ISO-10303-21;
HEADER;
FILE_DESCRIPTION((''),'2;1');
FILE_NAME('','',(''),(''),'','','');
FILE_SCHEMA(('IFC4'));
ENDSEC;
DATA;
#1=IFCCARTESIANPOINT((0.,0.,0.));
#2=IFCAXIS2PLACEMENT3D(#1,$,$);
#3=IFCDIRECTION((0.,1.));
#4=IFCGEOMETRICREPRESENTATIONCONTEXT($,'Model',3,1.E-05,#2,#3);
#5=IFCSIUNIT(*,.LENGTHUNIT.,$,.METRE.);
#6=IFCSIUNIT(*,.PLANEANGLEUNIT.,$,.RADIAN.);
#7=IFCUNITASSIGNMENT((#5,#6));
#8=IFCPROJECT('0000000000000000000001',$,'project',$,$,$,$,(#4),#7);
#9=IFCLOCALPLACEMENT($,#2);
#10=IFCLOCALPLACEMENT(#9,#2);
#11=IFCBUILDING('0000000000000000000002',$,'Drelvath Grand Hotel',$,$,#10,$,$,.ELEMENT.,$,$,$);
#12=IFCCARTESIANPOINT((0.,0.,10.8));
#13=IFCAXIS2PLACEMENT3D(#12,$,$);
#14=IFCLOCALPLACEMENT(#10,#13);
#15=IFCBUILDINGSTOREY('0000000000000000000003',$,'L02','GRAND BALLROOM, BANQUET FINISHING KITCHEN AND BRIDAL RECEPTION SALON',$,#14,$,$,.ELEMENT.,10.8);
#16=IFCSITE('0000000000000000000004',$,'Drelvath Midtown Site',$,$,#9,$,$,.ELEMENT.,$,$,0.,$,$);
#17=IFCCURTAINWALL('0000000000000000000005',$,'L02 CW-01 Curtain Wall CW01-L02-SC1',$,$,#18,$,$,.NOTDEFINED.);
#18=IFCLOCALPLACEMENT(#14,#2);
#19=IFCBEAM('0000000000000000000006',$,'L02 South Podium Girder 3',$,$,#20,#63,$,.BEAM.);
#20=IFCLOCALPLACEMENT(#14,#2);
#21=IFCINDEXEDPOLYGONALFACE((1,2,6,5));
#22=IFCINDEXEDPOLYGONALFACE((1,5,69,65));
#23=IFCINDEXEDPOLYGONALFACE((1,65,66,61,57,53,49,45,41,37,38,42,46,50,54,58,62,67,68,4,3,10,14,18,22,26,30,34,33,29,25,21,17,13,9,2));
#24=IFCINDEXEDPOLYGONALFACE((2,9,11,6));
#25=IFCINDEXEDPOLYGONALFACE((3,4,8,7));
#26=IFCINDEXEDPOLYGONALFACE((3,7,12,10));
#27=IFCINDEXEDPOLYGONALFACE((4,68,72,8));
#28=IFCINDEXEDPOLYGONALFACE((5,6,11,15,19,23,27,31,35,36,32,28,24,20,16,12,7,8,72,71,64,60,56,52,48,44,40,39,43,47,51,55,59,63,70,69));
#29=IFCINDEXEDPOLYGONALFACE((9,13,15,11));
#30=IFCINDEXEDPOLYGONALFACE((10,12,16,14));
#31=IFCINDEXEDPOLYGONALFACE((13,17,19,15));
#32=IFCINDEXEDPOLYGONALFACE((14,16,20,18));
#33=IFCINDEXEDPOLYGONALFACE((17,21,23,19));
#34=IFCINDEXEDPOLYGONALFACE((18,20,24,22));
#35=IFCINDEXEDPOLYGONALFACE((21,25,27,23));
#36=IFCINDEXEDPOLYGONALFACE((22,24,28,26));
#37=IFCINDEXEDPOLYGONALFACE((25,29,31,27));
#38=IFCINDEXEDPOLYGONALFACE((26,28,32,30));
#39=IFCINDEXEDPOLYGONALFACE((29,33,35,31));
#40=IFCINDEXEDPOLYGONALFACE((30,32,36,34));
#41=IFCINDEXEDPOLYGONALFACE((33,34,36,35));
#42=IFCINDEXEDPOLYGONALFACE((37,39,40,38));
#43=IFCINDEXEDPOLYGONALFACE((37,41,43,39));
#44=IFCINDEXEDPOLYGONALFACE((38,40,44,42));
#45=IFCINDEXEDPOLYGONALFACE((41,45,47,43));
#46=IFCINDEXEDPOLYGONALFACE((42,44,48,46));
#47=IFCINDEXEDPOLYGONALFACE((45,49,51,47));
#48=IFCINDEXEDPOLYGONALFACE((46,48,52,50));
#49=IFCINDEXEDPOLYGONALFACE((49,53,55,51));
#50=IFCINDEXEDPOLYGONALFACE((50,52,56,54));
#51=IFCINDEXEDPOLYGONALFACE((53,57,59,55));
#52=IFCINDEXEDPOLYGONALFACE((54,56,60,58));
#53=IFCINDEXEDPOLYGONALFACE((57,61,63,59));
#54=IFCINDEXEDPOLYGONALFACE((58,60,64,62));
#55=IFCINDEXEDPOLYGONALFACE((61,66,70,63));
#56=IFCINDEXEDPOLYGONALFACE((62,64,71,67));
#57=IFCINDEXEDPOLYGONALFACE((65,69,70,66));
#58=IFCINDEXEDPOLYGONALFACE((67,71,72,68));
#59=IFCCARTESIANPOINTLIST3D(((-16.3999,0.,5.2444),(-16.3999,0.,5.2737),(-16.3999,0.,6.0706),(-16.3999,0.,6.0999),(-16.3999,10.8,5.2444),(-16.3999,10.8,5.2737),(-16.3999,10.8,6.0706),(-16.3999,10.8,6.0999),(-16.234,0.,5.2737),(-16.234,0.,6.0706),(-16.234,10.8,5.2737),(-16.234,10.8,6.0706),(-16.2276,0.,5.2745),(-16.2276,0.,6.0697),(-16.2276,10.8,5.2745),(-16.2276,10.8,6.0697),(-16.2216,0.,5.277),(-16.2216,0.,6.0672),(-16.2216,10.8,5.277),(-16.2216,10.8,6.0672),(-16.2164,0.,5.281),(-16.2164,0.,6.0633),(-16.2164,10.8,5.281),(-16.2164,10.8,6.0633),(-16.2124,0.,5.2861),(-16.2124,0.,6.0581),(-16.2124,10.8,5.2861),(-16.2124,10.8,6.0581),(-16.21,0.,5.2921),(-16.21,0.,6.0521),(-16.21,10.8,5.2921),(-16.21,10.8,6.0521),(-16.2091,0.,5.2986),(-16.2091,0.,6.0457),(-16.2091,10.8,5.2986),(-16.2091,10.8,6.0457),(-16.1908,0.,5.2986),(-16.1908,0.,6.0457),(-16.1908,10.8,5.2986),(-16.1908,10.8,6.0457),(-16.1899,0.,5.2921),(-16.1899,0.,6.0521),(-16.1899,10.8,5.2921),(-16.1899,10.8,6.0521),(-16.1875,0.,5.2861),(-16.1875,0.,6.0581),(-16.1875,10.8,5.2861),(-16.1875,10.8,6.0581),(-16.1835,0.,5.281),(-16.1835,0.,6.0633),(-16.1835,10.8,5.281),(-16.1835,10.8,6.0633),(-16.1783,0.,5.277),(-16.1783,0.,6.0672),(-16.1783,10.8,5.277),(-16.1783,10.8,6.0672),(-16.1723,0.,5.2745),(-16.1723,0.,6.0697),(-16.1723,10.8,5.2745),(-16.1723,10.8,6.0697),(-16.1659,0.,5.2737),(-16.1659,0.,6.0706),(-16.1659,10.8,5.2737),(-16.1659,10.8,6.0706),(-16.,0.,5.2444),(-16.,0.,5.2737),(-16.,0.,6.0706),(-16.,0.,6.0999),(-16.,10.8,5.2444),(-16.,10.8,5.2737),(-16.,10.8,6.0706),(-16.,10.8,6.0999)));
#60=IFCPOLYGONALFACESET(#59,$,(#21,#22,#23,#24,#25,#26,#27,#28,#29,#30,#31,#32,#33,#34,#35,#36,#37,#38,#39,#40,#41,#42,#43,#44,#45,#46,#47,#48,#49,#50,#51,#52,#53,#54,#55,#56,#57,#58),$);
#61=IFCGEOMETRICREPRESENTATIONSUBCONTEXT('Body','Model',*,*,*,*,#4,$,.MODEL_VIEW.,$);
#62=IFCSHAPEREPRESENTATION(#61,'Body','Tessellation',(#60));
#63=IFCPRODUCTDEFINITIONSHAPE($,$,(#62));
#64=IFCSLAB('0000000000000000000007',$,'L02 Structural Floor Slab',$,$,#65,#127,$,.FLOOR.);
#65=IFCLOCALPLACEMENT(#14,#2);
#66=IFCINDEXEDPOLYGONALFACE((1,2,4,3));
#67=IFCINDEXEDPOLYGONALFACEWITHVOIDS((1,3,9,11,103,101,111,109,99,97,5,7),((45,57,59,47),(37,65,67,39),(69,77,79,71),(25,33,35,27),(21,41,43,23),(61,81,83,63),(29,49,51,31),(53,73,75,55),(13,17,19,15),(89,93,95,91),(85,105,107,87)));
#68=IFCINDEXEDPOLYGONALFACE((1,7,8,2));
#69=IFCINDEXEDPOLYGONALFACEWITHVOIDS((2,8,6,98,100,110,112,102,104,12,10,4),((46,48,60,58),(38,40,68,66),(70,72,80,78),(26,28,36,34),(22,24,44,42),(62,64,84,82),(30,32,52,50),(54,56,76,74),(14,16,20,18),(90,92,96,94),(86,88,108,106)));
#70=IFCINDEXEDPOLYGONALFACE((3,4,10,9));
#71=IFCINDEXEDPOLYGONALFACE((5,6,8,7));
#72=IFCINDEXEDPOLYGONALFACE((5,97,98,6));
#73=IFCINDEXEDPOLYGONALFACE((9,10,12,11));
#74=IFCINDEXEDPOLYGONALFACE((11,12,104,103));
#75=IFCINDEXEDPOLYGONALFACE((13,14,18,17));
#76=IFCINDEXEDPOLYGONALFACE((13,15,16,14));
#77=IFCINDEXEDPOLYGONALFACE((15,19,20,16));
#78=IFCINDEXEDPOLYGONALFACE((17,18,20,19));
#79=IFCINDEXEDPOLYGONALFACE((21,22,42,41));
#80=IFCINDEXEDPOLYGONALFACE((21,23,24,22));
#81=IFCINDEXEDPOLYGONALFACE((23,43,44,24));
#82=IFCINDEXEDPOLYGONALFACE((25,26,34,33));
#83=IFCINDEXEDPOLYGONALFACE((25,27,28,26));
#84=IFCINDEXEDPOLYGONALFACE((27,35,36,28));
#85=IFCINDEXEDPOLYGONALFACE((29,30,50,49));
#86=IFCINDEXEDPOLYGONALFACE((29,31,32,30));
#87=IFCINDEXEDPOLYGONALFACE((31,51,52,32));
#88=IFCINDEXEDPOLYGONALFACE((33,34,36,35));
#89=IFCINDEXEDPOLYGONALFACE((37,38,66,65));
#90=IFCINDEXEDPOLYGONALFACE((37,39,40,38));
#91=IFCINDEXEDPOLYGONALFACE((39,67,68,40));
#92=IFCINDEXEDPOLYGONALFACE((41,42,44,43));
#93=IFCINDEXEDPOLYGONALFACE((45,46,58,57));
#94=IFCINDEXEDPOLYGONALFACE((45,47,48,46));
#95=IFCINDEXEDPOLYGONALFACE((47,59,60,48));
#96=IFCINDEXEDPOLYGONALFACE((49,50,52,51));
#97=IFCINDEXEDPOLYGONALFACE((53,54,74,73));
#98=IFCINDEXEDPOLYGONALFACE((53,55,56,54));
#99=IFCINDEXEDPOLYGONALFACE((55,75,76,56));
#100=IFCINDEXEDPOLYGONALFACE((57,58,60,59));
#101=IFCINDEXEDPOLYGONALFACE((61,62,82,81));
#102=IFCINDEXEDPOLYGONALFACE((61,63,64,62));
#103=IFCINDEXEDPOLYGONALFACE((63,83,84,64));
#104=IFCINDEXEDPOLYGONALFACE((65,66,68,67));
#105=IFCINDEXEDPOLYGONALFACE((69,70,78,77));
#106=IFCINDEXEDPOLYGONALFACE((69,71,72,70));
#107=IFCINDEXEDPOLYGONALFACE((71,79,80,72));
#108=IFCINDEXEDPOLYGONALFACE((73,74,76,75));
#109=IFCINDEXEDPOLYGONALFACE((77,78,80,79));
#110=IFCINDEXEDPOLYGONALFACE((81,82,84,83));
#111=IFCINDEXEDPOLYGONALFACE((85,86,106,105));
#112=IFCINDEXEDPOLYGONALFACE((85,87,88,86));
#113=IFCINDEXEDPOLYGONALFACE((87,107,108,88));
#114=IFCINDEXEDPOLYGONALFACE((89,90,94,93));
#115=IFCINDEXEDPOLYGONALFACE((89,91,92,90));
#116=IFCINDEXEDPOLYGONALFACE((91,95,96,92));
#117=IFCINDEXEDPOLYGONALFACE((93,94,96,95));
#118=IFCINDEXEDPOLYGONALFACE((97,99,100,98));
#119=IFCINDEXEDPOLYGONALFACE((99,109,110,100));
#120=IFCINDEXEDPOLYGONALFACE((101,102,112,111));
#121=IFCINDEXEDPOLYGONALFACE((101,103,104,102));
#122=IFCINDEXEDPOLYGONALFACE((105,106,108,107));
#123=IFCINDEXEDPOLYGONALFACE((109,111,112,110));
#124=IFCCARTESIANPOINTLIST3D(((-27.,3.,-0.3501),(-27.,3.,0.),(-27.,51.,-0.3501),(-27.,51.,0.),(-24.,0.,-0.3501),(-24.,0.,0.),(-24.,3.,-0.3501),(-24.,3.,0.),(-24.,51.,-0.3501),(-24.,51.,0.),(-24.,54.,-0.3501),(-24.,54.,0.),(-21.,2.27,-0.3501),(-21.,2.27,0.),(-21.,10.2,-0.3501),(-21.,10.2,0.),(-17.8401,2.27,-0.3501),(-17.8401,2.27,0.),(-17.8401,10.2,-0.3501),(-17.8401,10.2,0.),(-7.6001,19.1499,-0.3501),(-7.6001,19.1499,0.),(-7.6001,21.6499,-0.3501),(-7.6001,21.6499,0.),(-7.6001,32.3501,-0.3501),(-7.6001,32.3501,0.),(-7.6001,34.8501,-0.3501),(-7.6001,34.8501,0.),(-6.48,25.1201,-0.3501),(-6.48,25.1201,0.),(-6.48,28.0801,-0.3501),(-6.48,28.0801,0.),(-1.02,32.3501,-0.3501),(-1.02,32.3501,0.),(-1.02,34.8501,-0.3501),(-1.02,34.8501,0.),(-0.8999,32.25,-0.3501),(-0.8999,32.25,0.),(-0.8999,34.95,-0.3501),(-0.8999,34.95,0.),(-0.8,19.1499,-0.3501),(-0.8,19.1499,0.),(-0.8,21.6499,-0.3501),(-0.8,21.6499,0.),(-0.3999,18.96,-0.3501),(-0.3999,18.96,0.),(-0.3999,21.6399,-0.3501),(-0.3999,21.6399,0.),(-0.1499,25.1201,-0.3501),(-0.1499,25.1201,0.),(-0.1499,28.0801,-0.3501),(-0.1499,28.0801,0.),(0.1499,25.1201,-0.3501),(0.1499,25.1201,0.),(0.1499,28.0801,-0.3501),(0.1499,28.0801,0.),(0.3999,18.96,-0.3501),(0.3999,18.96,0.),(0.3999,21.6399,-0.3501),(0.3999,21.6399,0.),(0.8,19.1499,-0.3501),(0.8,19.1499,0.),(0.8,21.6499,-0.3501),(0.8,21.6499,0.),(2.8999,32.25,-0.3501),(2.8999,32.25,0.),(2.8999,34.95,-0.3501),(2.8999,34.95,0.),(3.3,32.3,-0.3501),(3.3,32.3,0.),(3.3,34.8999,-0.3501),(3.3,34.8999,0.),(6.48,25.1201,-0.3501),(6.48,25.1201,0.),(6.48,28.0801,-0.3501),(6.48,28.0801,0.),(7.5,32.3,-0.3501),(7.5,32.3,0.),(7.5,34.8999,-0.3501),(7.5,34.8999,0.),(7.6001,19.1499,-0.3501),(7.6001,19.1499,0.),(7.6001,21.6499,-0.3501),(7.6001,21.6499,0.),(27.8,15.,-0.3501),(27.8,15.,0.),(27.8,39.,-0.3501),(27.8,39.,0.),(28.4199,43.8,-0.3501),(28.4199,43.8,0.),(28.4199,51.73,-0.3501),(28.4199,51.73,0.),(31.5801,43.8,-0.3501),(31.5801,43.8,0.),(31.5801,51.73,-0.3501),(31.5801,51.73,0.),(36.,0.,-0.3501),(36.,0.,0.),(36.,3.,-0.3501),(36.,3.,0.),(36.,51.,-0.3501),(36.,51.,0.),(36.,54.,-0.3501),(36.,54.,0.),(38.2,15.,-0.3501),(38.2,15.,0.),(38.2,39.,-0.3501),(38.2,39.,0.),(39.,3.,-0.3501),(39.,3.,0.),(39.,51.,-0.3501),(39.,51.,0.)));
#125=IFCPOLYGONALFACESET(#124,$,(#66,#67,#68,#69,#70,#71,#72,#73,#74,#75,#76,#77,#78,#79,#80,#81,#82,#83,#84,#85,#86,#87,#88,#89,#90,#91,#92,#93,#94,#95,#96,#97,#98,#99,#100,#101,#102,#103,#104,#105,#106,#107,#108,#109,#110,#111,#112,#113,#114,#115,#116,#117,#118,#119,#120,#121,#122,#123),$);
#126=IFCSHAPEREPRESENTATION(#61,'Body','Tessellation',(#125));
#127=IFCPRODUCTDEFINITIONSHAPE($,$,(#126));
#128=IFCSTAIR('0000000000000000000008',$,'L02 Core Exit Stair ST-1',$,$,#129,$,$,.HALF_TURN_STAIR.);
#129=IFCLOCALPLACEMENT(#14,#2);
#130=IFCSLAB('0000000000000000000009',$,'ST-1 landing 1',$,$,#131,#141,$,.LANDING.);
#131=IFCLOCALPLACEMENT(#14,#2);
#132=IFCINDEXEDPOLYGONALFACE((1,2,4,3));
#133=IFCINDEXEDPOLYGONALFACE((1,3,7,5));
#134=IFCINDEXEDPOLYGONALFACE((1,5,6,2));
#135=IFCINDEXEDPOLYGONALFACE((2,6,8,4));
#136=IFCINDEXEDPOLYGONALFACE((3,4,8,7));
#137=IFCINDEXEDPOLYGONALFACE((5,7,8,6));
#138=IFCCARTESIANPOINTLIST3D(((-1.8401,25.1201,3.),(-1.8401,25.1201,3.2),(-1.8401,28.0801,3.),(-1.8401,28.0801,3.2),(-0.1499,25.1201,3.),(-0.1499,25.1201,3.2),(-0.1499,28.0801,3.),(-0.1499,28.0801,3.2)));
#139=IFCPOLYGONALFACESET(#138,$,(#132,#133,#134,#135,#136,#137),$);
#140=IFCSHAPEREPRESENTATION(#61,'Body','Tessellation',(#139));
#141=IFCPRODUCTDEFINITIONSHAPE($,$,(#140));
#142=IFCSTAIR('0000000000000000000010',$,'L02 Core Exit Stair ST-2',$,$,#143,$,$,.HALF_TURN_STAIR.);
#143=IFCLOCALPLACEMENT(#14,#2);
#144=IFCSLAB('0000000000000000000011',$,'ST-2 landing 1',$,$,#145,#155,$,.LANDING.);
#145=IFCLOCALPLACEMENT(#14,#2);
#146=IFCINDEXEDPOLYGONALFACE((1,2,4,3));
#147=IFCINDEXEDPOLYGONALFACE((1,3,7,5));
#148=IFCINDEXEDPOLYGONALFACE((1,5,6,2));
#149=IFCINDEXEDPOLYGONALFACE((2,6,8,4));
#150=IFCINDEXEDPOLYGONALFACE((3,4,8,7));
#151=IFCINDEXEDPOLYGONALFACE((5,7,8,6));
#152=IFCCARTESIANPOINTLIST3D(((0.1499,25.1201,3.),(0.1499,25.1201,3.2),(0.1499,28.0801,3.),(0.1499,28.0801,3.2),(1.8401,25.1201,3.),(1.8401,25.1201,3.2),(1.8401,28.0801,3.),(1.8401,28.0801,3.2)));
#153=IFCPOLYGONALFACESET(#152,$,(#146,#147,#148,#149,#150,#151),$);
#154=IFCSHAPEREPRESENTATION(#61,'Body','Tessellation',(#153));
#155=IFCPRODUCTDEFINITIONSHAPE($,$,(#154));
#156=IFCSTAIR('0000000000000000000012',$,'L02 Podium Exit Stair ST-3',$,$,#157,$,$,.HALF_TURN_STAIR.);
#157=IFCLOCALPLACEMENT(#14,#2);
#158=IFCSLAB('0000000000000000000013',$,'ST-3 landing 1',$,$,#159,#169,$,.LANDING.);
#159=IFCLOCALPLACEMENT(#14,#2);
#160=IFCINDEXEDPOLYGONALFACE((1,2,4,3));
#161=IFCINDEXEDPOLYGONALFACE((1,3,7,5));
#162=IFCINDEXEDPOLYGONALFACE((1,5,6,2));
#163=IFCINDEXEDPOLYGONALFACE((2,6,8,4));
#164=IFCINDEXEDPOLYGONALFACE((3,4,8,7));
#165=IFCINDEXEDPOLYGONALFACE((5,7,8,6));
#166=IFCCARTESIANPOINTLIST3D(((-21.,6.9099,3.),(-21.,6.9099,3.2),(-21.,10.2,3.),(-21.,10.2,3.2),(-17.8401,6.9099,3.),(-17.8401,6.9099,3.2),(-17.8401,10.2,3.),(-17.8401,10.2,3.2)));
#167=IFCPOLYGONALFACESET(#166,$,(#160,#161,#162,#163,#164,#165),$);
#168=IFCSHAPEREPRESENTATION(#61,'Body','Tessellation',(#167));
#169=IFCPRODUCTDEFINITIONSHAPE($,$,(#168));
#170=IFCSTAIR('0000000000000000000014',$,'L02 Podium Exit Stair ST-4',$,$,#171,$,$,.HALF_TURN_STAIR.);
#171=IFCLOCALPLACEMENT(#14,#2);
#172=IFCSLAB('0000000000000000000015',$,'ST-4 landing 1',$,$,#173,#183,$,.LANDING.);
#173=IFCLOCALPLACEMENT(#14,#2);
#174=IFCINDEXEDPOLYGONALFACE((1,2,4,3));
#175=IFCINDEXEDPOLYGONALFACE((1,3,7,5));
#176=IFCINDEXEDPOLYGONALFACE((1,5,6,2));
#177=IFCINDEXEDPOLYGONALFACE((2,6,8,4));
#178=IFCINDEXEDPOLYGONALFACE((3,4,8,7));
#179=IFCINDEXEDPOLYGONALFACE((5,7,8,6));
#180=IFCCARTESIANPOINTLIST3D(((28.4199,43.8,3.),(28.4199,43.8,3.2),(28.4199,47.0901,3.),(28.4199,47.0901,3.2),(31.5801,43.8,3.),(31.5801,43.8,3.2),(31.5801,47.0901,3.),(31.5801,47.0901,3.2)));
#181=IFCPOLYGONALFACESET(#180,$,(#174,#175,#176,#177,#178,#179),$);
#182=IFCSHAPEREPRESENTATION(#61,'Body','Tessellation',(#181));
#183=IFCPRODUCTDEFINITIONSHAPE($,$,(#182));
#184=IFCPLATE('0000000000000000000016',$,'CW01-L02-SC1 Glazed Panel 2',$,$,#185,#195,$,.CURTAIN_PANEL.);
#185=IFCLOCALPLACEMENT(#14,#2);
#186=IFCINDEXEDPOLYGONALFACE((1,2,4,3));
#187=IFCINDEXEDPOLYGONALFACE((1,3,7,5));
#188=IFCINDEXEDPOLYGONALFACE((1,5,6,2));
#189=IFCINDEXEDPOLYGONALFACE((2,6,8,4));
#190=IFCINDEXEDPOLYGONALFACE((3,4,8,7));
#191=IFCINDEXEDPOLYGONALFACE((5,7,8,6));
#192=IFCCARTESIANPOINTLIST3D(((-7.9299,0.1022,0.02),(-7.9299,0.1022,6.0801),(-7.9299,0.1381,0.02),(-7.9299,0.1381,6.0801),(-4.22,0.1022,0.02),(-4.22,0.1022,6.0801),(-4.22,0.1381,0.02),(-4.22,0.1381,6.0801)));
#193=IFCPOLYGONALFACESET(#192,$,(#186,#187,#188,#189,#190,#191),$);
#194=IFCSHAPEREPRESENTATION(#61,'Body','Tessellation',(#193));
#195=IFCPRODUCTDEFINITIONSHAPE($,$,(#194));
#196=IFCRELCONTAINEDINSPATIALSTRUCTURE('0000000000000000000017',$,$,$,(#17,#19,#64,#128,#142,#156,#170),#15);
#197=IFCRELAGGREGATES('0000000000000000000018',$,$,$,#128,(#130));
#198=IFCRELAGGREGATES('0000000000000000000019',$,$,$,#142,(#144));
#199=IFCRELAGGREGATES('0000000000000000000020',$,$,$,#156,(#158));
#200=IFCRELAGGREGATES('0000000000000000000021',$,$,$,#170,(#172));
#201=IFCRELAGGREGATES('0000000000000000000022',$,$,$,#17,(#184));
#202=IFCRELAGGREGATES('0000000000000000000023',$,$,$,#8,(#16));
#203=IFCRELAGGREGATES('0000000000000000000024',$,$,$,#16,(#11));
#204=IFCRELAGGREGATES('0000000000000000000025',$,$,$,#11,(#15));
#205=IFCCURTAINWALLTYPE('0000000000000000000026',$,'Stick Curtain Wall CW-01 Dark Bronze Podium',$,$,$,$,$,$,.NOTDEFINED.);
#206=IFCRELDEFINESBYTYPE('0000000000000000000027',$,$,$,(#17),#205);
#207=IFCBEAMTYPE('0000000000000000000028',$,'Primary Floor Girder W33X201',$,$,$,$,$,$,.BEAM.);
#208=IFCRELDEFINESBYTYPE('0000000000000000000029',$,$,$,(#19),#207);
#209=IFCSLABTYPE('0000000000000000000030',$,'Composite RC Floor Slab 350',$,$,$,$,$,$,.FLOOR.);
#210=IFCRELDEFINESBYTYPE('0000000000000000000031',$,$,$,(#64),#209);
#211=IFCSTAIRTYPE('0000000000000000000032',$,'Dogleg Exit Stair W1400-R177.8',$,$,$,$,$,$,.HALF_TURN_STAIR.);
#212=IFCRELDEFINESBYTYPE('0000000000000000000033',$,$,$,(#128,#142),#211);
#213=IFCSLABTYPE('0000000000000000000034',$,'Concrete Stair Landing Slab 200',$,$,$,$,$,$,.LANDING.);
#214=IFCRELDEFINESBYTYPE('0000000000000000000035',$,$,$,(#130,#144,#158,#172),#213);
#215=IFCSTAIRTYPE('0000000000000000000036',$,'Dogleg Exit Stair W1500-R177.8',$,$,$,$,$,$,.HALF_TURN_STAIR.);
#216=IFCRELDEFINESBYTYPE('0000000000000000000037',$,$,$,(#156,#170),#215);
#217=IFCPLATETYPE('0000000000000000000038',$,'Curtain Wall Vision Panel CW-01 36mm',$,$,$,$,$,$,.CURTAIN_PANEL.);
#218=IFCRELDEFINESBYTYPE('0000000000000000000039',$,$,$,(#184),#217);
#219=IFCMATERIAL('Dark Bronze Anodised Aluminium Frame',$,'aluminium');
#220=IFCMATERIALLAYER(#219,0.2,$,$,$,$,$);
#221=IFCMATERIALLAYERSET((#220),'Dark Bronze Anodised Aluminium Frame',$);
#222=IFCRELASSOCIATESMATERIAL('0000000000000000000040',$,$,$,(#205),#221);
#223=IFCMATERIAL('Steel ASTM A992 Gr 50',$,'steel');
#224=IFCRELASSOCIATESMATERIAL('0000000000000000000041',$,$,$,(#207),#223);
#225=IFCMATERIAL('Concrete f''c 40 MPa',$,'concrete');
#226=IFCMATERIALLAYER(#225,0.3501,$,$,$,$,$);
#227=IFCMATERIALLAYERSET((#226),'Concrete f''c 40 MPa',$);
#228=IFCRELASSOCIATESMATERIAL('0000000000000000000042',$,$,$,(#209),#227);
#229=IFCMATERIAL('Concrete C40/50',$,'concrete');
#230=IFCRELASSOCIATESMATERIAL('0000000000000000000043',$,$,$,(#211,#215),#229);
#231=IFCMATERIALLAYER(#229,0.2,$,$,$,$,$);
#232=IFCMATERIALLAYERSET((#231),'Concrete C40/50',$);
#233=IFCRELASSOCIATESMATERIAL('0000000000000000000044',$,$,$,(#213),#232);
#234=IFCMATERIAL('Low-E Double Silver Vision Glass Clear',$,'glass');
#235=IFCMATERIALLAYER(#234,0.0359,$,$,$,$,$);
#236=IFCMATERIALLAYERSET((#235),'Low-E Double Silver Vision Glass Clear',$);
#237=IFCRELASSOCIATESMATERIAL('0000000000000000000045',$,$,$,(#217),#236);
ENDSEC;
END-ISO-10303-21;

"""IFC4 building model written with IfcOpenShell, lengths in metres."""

from ifc_helpers import new_model, si_unit, direction, frame, origin, origin_2d, place, context, subcontext, project, spatial, polyline, rectangle, i_section, outline, extrude, material, layer, layer_set, material_profile, profile_set, type_object, element, aggregate, save


model = new_model("IFC4")

# Units and contexts
model_context = context("Model", 3, precision=1e-05, world=origin(), true_north=direction((0.0, 1.0)))
body_context = subcontext(model_context, "Body", "Model", "MODEL_VIEW")
ifc_project = project(units=[si_unit("LENGTHUNIT", "METRE"), si_unit("PLANEANGLEUNIT", "RADIAN")], contexts=[model_context])

# Site, building, storey
site_placement = place(None, origin())
site = spatial("IfcSite", under=ifc_project, at=site_placement, Name="Drelvath Midtown Site", CompositionType="ELEMENT", RefElevation=0.0)
building_placement = place(site_placement, origin())
building = spatial("IfcBuilding", under=site, at=building_placement, Name="Drelvath Grand Hotel", CompositionType="ELEMENT")
storey_placement = place(building_placement, frame((0.0, 0.0, 10.8)))
storey = spatial("IfcBuildingStorey", under=building, at=storey_placement, Name="L02", Description="GRAND BALLROOM, BANQUET FINISHING KITCHEN AND BRIDAL RECEPTION SALON", CompositionType="ELEMENT", Elevation=10.8)

# Curtain wall
ifc_material_1 = material(Name="Dark Bronze Anodised Aluminium Frame", Category="aluminium")
ifc_layer_1 = layer(ifc_material_1, 0.2)
ifc_layer_set_1 = layer_set([ifc_layer_1], Name="Dark Bronze Anodised Aluminium Frame")
curtain_wall_type = type_object("IfcCurtainWallType", Name="Stick Curtain Wall CW-01 Dark Bronze Podium", PredefinedType="NOTDEFINED", material=ifc_layer_set_1)
curtain_wall_placement = place(storey_placement, origin())
curtain_wall = element("IfcCurtainWall", 1, at=curtain_wall_placement, inside=storey, type_object=curtain_wall_type, Name="L02 CW-01 Curtain Wall CW01-L02-SC1", PredefinedType="NOTDEFINED")

# Beam
ifc_material_2 = material(Name="Steel ASTM A992 Gr 50", Category="steel")
ifc_material_profile_1 = material_profile(ifc_material_2, i_section(OverallWidth=0.3999, OverallDepth=0.8555, WebThickness=0.0183, FlangeThickness=0.0293, FilletRadius=0.0249, at=origin_2d()), Name="W33X201")
ifc_profile_set_1 = profile_set([ifc_material_profile_1], Name="Steel ASTM A992 Gr 50")
beam_type = type_object("IfcBeamType", Name="Primary Floor Girder W33X201", PredefinedType="BEAM", material=ifc_profile_set_1)
beam_placement = place(storey_placement, frame((-16.2, 0.0, 5.6721), z_axis=(0.0, 1.0, 0.0), x_axis=(-1.0, 0.0, 0.0)))
element("IfcBeam", 2, at=beam_placement, inside=storey, type_object=beam_type, Name="L02 South Podium Girder 3", PredefinedType="BEAM", context=body_context, shape_type="SweptSolid", body=[
    extrude(i_section(OverallWidth=0.3999, OverallDepth=0.8555, WebThickness=0.0183, FlangeThickness=0.0293, FilletRadius=0.0249, at=origin_2d()), origin(), (0.0, 0.0, 1.0), 10.8),
])

# Slab
ifc_material_3 = material(Name="Concrete f'c 40 MPa", Category="concrete")
ifc_layer_2 = layer(ifc_material_3, 0.3501)
ifc_layer_set_2 = layer_set([ifc_layer_2], Name="Concrete f'c 40 MPa")
slab_type_1 = type_object("IfcSlabType", Name="Composite RC Floor Slab 350", PredefinedType="FLOOR", material=ifc_layer_set_2)
slab_1_placement = place(storey_placement, frame((0.0, 0.0, -0.3501)))
element("IfcSlab", 3, at=slab_1_placement, inside=storey, type_object=slab_type_1, Name="L02 Structural Floor Slab", PredefinedType="FLOOR", context=body_context, shape_type="SweptSolid", body=[
    extrude(outline(polyline([(-24.0, 0.0), (36.0, 0.0), (36.0, 3.0), (39.0, 3.0), (39.0, 51.0), (36.0, 51.0), (36.0, 54.0), (-24.0, 54.0), (-24.0, 51.0), (-27.0, 51.0), (-27.0, 3.0), (-24.0, 3.0), (-24.0, 0.0)]), holes=[polyline([(-6.48, 25.1201), (-6.48, 28.0801), (-0.1499, 28.0801), (-0.1499, 25.1201), (-6.48, 25.1201)]), polyline([(0.1499, 25.1201), (0.1499, 28.0801), (6.48, 28.0801), (6.48, 25.1201), (0.1499, 25.1201)]), polyline([(-21.0, 2.27), (-21.0, 10.2), (-17.8401, 10.2), (-17.8401, 2.27), (-21.0, 2.27)]), polyline([(28.4199, 43.8), (28.4199, 51.73), (31.5801, 51.73), (31.5801, 43.8), (28.4199, 43.8)]), polyline([(-7.6001, 19.1499), (-7.6001, 21.6499), (-0.8, 21.6499), (-0.8, 19.1499), (-7.6001, 19.1499)]), polyline([(-0.3999, 18.96), (-0.3999, 21.6399), (0.3999, 21.6399), (0.3999, 18.96), (-0.3999, 18.96)]), polyline([(0.8, 19.1499), (0.8, 21.6499), (7.6001, 21.6499), (7.6001, 19.1499), (0.8, 19.1499)]), polyline([(-7.6001, 32.3501), (-7.6001, 34.8501), (-1.02, 34.8501), (-1.02, 32.3501), (-7.6001, 32.3501)]), polyline([(-0.8999, 32.25), (-0.8999, 34.95), (2.8999, 34.95), (2.8999, 32.25), (-0.8999, 32.25)]), polyline([(3.3, 32.3), (3.3, 34.8999), (7.5, 34.8999), (7.5, 32.3), (3.3, 32.3)]), polyline([(27.8, 15.0), (27.8, 39.0), (38.2, 39.0), (38.2, 15.0), (27.8, 15.0)])]), origin(), (0.0, 0.0, 1.0), 0.3501),
])

# Stairs, slabs
ifc_material_4 = material(Name="Concrete C40/50", Category="concrete")
stair_type_1 = type_object("IfcStairType", Name="Dogleg Exit Stair W1400-R177.8", PredefinedType="HALF_TURN_STAIR", material=ifc_material_4)
stair_1_placement = place(storey_placement, origin())
stair_1 = element("IfcStair", 4, at=stair_1_placement, inside=storey, type_object=stair_type_1, Name="L02 Core Exit Stair ST-1", PredefinedType="HALF_TURN_STAIR")
ifc_layer_3 = layer(ifc_material_4, 0.2)
ifc_layer_set_3 = layer_set([ifc_layer_3], Name="Concrete C40/50")
slab_type_2 = type_object("IfcSlabType", Name="Concrete Stair Landing Slab 200", PredefinedType="LANDING", material=ifc_layer_set_3)
slab_2_placement = place(storey_placement, frame((0.0, 0.0, 3.0)))
slab_2 = element("IfcSlab", 5, at=slab_2_placement, type_object=slab_type_2, Name="ST-1 landing 1", PredefinedType="LANDING", context=body_context, shape_type="SweptSolid", body=[
    extrude(outline(polyline([(-1.8401, 25.1201), (-0.1499, 25.1201), (-0.1499, 28.0801), (-1.8401, 28.0801), (-1.8401, 25.1201)])), origin(), (0.0, 0.0, 1.0), 0.2),
])
aggregate(stair_1, [slab_2])
stair_2_placement = place(storey_placement, origin())
stair_2 = element("IfcStair", 6, at=stair_2_placement, inside=storey, type_object=stair_type_1, Name="L02 Core Exit Stair ST-2", PredefinedType="HALF_TURN_STAIR")
slab_3_placement = place(storey_placement, frame((0.0, 0.0, 3.0)))
slab_3 = element("IfcSlab", 7, at=slab_3_placement, type_object=slab_type_2, Name="ST-2 landing 1", PredefinedType="LANDING", context=body_context, shape_type="SweptSolid", body=[
    extrude(outline(polyline([(1.8401, 28.0801), (0.1499, 28.0801), (0.1499, 25.1201), (1.8401, 25.1201), (1.8401, 28.0801)])), origin(), (0.0, 0.0, 1.0), 0.2),
])
aggregate(stair_2, [slab_3])
stair_type_2 = type_object("IfcStairType", Name="Dogleg Exit Stair W1500-R177.8", PredefinedType="HALF_TURN_STAIR", material=ifc_material_4)
stair_3_placement = place(storey_placement, origin())
stair_3 = element("IfcStair", 8, at=stair_3_placement, inside=storey, type_object=stair_type_2, Name="L02 Podium Exit Stair ST-3", PredefinedType="HALF_TURN_STAIR")
slab_4_placement = place(storey_placement, frame((0.0, 0.0, 3.0)))
slab_4 = element("IfcSlab", 9, at=slab_4_placement, type_object=slab_type_2, Name="ST-3 landing 1", PredefinedType="LANDING", context=body_context, shape_type="SweptSolid", body=[
    extrude(outline(polyline([(-17.8401, 6.9099), (-17.8401, 10.2), (-21.0, 10.2), (-21.0, 6.9099), (-17.8401, 6.9099)])), origin(), (0.0, 0.0, 1.0), 0.2),
])
aggregate(stair_3, [slab_4])
stair_4_placement = place(storey_placement, origin())
stair_4 = element("IfcStair", 10, at=stair_4_placement, inside=storey, type_object=stair_type_2, Name="L02 Podium Exit Stair ST-4", PredefinedType="HALF_TURN_STAIR")
slab_5_placement = place(storey_placement, frame((0.0, 0.0, 3.0)))
slab_5 = element("IfcSlab", 11, at=slab_5_placement, type_object=slab_type_2, Name="ST-4 landing 1", PredefinedType="LANDING", context=body_context, shape_type="SweptSolid", body=[
    extrude(outline(polyline([(28.4199, 47.0901), (28.4199, 43.8), (31.5801, 43.8), (31.5801, 47.0901), (28.4199, 47.0901)])), origin(), (0.0, 0.0, 1.0), 0.2),
])
aggregate(stair_4, [slab_5])

# Plate
ifc_material_5 = material(Name="Low-E Double Silver Vision Glass Clear", Category="glass")
ifc_layer_4 = layer(ifc_material_5, 0.0359)
ifc_layer_set_4 = layer_set([ifc_layer_4], Name="Low-E Double Silver Vision Glass Clear")
plate_type = type_object("IfcPlateType", Name="Curtain Wall Vision Panel CW-01 36mm", PredefinedType="CURTAIN_PANEL", material=ifc_layer_set_4)
plate_placement = place(storey_placement, frame((-6.075, 0.1201, 0.02), z_axis=(0.0, 0.0, 1.0), x_axis=(-1.0, 0.0, 0.0)))
plate = element("IfcPlate", 12, at=plate_placement, type_object=plate_type, Name="CW01-L02-SC1 Glazed Panel 2", PredefinedType="CURTAIN_PANEL", context=body_context, shape_type="SweptSolid", body=[
    extrude(rectangle(XDim=3.71, YDim=0.0359, at=origin_2d()), origin(), (0.0, 0.0, 1.0), 6.0601),
])
aggregate(curtain_wall, [plate])

save(model, "model.ifc")
